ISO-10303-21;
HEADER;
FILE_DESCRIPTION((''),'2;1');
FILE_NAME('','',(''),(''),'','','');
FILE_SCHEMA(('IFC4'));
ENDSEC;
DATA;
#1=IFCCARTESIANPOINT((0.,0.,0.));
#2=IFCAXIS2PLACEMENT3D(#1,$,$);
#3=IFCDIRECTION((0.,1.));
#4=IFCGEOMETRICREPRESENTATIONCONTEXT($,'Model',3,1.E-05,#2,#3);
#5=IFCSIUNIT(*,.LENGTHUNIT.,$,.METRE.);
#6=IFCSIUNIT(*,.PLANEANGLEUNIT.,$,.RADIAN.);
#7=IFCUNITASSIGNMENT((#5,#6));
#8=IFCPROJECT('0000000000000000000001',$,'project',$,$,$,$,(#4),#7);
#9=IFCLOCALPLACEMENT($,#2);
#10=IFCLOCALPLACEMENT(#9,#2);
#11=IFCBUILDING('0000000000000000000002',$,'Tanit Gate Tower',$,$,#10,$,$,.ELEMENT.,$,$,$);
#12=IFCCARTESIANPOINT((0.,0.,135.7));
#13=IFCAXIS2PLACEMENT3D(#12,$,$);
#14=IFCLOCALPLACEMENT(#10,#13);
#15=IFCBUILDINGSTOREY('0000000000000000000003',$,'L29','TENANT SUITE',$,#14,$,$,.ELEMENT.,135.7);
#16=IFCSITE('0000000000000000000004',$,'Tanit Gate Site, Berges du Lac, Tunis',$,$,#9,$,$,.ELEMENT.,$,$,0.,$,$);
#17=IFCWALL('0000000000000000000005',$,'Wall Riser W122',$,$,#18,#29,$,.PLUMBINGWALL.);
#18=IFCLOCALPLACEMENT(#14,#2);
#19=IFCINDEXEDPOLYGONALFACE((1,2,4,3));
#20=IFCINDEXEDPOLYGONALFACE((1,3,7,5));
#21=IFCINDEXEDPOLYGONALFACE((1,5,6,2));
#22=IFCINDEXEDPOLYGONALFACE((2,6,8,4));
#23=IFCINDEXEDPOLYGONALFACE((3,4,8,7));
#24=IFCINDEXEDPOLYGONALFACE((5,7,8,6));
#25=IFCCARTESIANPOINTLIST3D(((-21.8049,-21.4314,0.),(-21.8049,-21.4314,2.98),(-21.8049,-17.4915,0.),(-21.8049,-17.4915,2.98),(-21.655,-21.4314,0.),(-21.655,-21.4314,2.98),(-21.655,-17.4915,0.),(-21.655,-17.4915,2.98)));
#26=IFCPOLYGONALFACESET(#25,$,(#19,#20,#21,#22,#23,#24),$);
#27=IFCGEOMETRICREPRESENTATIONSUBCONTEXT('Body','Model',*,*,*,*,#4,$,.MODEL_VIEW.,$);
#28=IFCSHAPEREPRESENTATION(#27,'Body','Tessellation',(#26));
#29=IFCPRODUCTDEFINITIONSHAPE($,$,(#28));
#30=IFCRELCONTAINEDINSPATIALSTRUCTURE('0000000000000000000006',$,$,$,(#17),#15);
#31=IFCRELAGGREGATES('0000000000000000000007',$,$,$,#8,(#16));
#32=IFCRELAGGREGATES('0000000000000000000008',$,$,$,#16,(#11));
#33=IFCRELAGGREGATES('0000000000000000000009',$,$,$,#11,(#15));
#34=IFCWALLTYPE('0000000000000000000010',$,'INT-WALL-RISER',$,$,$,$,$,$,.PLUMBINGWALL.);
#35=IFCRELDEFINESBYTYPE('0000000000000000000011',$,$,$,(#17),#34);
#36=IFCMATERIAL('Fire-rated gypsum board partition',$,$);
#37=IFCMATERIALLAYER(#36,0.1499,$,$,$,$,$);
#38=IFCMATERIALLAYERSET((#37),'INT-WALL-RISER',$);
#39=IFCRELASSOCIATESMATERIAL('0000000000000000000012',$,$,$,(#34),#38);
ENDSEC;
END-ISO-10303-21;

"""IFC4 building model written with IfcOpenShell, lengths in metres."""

from ifc_helpers import new_model, si_unit, direction, frame, frame_2d, origin, place, context, subcontext, project, spatial, rectangle, extrude, material, layer, layer_set, type_object, element, save


model = new_model("IFC4")

# Units and contexts
model_context = context("Model", 3, precision=1e-05, world=origin(), true_north=direction((0.0, 1.0)))
body_context = subcontext(model_context, "Body", "Model", "MODEL_VIEW")
ifc_project = project(units=[si_unit("LENGTHUNIT", "METRE"), si_unit("PLANEANGLEUNIT", "RADIAN")], contexts=[model_context])

# Site, building, storey
site_placement = place(None, origin())
site = spatial("IfcSite", under=ifc_project, at=site_placement, Name="Tanit Gate Site, Berges du Lac, Tunis", CompositionType="ELEMENT", RefElevation=0.0)
building_placement = place(site_placement, origin())
building = spatial("IfcBuilding", under=site, at=building_placement, Name="Tanit Gate Tower", CompositionType="ELEMENT")
storey_placement = place(building_placement, frame((0.0, 0.0, 135.7)))
storey = spatial("IfcBuildingStorey", under=building, at=storey_placement, Name="L29", Description="TENANT SUITE", CompositionType="ELEMENT", Elevation=135.7)

# Wall
ifc_material_1 = material(Name="Fire-rated gypsum board partition")
ifc_layer_1 = layer(ifc_material_1, 0.1499)
ifc_layer_set_1 = layer_set([ifc_layer_1], Name="INT-WALL-RISER")
wall_type_1 = type_object("IfcWallType", Name="INT-WALL-RISER", PredefinedType="PLUMBINGWALL", material=ifc_layer_set_1)
wall_1_placement = place(storey_placement, frame((-21.73, -21.4314, 0.0), z_axis=(0.0, 0.0, 1.0), x_axis=(0.0, 1.0, 0.0)))
element("IfcWall", 1, at=wall_1_placement, inside=storey, type_object=wall_type_1, Name="Wall Riser W122", PredefinedType="PLUMBINGWALL", context=body_context, shape_type="SweptSolid", body=[
    extrude(rectangle(XDim=3.9399, YDim=0.1499, at=frame_2d((1.97, 0.0))), origin(), (0.0, 0.0, 1.0), 2.98),
])

save(model, "model.ifc")
